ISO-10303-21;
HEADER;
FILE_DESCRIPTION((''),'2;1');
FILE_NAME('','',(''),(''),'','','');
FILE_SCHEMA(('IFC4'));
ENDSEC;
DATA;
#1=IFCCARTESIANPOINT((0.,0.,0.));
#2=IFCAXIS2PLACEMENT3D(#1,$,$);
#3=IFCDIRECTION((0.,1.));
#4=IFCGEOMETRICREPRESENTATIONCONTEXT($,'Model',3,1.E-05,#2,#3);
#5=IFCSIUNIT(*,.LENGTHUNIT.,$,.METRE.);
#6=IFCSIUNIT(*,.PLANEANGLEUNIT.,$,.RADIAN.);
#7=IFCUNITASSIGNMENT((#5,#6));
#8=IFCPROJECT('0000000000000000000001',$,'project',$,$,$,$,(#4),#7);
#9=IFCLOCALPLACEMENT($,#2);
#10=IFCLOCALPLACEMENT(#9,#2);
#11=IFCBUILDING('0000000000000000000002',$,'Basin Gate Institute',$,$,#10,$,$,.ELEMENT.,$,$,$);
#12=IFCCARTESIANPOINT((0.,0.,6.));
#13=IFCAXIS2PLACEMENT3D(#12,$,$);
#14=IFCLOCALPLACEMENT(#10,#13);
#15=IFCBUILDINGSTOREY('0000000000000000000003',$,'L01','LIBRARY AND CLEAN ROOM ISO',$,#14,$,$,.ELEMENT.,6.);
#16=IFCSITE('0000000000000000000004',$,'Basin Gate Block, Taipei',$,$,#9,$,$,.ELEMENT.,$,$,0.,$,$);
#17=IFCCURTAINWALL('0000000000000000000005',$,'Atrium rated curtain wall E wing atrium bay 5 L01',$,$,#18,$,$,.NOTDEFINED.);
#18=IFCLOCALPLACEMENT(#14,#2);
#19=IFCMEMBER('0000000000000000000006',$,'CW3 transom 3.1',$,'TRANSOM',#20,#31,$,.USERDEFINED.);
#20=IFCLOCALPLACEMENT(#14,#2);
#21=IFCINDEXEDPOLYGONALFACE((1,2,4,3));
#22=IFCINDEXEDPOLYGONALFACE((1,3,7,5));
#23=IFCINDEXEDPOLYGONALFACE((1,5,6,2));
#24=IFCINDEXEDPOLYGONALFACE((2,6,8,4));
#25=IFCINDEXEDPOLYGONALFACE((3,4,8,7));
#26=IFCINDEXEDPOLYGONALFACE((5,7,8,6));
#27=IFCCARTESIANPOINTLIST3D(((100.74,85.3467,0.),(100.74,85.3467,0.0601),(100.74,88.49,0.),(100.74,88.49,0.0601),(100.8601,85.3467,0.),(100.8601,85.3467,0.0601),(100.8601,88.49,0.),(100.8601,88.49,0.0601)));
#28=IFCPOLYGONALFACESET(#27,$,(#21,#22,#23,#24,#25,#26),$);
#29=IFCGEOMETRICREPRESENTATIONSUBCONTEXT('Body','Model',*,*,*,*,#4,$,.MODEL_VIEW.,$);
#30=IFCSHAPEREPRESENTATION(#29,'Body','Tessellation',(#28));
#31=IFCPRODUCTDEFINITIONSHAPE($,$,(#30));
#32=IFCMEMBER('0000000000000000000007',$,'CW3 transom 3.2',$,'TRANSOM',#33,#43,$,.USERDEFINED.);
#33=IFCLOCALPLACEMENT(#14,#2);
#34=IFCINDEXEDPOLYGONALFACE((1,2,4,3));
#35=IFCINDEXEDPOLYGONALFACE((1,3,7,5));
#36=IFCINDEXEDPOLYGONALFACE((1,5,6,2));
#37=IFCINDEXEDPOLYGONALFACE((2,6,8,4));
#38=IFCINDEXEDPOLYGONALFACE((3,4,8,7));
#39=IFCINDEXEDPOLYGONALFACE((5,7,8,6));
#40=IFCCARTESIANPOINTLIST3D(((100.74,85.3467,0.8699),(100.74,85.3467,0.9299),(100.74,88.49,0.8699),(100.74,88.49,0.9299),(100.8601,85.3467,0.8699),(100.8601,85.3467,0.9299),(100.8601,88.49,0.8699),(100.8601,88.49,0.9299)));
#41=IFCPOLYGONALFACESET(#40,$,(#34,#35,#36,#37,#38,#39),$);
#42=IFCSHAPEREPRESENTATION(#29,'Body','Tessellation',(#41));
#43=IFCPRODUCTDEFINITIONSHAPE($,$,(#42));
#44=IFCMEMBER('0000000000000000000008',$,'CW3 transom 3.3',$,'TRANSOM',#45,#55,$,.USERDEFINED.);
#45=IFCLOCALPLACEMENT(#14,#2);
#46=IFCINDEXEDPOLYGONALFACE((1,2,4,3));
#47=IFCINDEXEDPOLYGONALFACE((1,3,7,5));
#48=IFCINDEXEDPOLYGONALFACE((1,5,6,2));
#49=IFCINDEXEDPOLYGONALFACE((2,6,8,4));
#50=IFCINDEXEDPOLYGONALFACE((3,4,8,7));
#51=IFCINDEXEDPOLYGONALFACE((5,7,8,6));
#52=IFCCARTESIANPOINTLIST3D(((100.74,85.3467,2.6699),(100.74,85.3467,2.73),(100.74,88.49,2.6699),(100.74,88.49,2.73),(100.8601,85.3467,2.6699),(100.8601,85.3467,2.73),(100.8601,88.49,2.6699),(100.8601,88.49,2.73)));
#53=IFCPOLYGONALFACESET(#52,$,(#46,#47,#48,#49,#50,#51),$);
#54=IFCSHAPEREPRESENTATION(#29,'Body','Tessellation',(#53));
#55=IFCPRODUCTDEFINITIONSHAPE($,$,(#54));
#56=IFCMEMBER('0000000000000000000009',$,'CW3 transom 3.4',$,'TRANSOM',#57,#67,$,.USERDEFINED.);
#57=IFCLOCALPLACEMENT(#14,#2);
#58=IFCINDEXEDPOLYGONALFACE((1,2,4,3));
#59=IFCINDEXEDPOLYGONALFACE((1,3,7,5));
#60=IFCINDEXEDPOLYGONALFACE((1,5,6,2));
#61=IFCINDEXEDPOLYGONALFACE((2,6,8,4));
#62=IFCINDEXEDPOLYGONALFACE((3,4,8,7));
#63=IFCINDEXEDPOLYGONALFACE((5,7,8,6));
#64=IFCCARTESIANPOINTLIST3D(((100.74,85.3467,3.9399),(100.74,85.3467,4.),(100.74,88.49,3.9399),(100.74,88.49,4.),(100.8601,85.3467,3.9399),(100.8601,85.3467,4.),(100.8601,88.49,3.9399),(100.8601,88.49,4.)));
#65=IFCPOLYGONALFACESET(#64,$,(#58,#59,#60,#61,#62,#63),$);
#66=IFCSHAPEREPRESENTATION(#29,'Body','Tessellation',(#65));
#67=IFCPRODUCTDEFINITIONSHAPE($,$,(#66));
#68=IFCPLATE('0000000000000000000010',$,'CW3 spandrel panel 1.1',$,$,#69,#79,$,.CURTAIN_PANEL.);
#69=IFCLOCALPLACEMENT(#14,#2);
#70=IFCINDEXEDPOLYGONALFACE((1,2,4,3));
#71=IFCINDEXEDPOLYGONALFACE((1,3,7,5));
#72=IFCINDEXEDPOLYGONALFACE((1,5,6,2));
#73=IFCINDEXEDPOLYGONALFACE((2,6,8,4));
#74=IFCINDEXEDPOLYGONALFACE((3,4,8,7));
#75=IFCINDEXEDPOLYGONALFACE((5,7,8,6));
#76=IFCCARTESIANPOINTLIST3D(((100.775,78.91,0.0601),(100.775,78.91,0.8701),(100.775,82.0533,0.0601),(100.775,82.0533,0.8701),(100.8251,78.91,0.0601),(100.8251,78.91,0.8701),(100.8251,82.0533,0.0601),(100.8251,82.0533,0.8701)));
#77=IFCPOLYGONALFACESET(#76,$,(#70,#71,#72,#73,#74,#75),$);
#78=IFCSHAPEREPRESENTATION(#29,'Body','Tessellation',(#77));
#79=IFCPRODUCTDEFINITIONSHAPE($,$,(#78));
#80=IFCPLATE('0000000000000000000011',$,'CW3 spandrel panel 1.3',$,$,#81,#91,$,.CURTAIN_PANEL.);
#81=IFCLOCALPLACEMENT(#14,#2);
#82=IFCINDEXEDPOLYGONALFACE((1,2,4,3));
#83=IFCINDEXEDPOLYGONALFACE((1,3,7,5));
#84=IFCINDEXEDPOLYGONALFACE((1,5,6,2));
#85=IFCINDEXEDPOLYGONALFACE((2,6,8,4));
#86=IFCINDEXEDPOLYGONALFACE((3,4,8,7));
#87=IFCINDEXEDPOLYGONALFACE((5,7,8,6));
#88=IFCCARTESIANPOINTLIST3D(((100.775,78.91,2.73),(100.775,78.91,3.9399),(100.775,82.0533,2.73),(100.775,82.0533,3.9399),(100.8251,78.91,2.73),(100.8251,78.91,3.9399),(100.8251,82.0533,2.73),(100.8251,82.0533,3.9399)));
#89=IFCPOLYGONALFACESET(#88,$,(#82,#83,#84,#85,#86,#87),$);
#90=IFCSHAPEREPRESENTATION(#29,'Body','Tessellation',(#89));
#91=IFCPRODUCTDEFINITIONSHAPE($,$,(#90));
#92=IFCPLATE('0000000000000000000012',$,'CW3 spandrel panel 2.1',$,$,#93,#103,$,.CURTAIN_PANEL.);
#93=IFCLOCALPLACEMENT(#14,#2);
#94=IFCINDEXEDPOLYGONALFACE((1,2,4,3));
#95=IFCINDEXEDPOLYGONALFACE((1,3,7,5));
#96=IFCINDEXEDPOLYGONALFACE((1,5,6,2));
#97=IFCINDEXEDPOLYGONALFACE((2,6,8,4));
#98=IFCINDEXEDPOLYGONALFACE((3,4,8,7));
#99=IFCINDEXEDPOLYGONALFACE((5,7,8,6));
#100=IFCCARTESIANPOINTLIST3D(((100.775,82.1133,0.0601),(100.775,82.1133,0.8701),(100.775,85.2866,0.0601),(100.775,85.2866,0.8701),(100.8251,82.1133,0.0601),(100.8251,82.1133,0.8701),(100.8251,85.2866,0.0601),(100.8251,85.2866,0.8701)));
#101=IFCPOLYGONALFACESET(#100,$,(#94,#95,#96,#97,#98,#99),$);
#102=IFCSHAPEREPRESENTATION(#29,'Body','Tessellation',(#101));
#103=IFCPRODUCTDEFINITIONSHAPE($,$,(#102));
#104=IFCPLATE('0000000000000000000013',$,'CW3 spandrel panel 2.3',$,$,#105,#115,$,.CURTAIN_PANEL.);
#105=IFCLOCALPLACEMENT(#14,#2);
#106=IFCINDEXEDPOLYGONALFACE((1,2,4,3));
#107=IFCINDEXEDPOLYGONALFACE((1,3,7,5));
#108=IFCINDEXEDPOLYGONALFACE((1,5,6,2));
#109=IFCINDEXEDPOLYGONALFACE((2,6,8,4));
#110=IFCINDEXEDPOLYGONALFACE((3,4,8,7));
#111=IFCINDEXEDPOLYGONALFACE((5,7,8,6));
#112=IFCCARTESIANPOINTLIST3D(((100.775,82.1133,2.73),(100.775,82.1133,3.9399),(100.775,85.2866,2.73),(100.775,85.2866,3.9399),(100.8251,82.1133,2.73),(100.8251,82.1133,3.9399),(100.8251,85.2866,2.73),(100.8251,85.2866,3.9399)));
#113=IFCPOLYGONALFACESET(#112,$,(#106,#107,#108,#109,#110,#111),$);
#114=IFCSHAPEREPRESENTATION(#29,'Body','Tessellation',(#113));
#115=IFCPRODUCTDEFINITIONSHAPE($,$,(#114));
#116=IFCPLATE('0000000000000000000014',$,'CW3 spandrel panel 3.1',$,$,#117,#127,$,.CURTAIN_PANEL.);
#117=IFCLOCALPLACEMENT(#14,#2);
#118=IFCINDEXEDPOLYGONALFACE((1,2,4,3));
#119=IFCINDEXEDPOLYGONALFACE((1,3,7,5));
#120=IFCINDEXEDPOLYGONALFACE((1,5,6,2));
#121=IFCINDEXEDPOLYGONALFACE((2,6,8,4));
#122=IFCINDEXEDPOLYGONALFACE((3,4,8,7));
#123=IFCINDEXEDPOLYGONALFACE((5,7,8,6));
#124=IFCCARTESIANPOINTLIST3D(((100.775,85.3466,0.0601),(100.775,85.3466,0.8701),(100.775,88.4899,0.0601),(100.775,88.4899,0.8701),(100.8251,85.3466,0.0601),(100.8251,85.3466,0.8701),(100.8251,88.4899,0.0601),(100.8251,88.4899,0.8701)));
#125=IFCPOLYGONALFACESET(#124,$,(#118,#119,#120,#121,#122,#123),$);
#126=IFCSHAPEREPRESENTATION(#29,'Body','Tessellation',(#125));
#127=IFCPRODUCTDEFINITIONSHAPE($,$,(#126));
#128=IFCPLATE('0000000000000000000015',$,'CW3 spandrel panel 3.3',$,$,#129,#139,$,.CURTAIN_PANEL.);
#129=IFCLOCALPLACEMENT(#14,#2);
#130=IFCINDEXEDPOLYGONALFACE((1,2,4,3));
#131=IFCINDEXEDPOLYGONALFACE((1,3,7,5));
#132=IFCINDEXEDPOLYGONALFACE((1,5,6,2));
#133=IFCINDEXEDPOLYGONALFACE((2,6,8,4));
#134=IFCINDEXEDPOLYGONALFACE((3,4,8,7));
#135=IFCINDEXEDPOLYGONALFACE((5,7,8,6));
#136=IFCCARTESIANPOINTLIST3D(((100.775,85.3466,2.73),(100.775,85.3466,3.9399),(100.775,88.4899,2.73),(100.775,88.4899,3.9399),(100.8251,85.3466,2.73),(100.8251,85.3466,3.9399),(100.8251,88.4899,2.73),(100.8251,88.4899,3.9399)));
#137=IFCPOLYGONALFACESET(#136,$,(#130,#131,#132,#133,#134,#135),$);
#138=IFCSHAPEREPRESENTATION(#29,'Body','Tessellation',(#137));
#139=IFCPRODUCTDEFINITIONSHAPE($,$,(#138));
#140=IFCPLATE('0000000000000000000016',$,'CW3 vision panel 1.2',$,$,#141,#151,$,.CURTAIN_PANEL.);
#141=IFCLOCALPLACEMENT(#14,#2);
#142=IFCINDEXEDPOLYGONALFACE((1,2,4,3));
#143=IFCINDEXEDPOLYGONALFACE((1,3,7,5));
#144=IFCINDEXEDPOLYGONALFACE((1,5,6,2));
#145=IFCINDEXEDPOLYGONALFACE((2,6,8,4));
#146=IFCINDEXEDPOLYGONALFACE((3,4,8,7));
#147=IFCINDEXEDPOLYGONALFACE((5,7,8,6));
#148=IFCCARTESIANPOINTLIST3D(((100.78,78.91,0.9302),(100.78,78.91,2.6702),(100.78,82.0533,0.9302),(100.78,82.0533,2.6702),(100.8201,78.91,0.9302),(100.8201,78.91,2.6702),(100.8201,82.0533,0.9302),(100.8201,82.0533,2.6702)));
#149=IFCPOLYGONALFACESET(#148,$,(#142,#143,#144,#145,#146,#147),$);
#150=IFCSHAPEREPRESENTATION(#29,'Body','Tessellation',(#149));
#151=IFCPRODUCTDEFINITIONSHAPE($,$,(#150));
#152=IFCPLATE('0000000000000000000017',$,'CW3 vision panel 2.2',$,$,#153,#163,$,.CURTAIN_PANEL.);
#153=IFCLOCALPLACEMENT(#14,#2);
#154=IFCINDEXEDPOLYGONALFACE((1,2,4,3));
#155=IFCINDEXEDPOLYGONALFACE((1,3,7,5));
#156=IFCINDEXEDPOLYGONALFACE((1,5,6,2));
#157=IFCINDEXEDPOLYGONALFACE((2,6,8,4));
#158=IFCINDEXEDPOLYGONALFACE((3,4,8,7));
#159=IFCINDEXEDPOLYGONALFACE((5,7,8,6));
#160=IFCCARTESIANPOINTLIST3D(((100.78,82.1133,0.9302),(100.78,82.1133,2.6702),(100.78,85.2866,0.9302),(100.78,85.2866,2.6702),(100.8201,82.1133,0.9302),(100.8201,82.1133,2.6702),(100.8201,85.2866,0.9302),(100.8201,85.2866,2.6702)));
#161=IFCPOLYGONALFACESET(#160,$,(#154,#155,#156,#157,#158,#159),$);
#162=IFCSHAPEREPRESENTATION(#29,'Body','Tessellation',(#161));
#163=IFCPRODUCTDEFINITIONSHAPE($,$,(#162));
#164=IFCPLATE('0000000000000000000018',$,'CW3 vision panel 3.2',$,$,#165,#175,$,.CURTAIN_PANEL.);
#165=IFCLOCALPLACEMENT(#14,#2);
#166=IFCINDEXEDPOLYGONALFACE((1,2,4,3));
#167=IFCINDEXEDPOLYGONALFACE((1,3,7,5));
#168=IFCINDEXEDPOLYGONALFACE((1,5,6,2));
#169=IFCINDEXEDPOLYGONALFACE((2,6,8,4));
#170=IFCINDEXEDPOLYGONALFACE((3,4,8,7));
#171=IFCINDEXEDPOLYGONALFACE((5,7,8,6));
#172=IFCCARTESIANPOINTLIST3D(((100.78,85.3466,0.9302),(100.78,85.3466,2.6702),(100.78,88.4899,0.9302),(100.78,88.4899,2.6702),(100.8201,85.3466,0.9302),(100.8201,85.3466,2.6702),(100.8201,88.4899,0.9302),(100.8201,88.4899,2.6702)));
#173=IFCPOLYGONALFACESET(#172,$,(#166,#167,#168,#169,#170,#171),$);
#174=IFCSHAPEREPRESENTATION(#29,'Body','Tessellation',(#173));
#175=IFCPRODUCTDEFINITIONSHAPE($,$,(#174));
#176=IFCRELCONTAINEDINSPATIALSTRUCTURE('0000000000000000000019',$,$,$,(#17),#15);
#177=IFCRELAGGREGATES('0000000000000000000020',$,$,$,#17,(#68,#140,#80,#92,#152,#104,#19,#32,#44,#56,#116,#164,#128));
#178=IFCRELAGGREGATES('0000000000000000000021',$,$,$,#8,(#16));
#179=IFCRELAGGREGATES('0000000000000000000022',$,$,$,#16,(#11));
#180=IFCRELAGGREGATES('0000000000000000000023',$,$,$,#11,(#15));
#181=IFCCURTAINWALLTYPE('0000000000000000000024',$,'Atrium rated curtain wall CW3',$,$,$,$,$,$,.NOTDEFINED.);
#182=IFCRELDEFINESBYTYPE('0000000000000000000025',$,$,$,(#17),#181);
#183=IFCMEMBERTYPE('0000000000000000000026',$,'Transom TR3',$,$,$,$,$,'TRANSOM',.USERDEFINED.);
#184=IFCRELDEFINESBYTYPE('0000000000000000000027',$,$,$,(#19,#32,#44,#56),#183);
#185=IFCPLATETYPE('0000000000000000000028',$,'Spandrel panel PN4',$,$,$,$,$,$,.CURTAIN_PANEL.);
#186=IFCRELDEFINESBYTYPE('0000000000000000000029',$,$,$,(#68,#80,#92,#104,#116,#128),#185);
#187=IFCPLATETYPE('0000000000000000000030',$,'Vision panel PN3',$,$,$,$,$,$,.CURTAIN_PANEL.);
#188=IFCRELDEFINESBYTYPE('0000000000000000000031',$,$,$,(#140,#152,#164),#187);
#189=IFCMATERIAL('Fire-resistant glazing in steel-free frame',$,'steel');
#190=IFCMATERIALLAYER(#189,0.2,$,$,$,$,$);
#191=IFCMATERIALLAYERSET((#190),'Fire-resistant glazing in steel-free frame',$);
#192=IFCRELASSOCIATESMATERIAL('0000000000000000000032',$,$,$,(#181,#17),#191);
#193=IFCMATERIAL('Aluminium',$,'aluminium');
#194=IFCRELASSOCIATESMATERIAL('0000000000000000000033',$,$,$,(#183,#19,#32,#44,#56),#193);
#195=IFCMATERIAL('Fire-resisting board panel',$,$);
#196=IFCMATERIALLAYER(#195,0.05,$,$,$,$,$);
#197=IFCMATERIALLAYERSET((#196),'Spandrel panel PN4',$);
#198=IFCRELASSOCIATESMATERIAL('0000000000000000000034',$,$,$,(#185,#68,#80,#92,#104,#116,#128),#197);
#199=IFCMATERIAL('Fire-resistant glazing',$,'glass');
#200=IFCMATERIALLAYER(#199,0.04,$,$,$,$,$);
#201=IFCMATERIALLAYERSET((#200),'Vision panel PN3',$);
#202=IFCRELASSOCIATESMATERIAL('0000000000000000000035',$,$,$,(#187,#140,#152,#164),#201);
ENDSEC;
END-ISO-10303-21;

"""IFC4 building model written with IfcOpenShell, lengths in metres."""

from ifc_helpers import new_model, si_unit, direction, frame, origin, origin_2d, place, context, subcontext, project, spatial, rectangle, extrude, material, layer, layer_set, material_profile, profile_set, type_object, element, aggregate, save


model = new_model("IFC4")

# Units and contexts
model_context = context("Model", 3, precision=1e-05, world=origin(), true_north=direction((0.0, 1.0)))
body_context = subcontext(model_context, "Body", "Model", "MODEL_VIEW")
ifc_project = project(units=[si_unit("LENGTHUNIT", "METRE"), si_unit("PLANEANGLEUNIT", "RADIAN")], contexts=[model_context])

# Site, building, storey
site_placement = place(None, origin())
site = spatial("IfcSite", under=ifc_project, at=site_placement, Name="Basin Gate Block, Taipei", CompositionType="ELEMENT", RefElevation=0.0)
building_placement = place(site_placement, origin())
building = spatial("IfcBuilding", under=site, at=building_placement, Name="Basin Gate Institute", CompositionType="ELEMENT")
storey_placement = place(building_placement, frame((0.0, 0.0, 6.0)))
storey = spatial("IfcBuildingStorey", under=building, at=storey_placement, Name="L01", Description="LIBRARY AND CLEAN ROOM ISO", CompositionType="ELEMENT", Elevation=6.0)

# Curtain wall
ifc_material_1 = material(Name="Fire-resistant glazing in steel-free frame", Category="steel")
ifc_layer_1 = layer(ifc_material_1, 0.2)
ifc_layer_set_1 = layer_set([ifc_layer_1], Name="Fire-resistant glazing in steel-free frame")
curtain_wall_type = type_object("IfcCurtainWallType", Name="Atrium rated curtain wall CW3", PredefinedType="NOTDEFINED", material=ifc_layer_set_1)
curtain_wall_placement = place(storey_placement, origin())
curtain_wall = element("IfcCurtainWall", 1, at=curtain_wall_placement, inside=storey, type_object=curtain_wall_type, material=ifc_layer_set_1, Name="Atrium rated curtain wall E wing atrium bay 5 L01", PredefinedType="NOTDEFINED")

# Members
ifc_material_2 = material(Name="Aluminium", Category="aluminium")
ifc_material_profile_1 = material_profile(ifc_material_2, rectangle(XDim=0.1201, YDim=0.0601, at=origin_2d()), Name="Transom TR3 120 x 60")
ifc_profile_set_1 = profile_set([ifc_material_profile_1], Name="Aluminium")
member_type_1 = type_object("IfcMemberType", Name="Transom TR3", ElementType="TRANSOM", PredefinedType="USERDEFINED", material=ifc_profile_set_1)
member_1_placement = place(storey_placement, frame((100.8, 85.3467, 0.03), z_axis=(0.0, 1.0, 0.0), x_axis=(-1.0, 0.0, 0.0)))
member_1 = element("IfcMember", 2, at=member_1_placement, type_object=member_type_1, material=ifc_profile_set_1, Name="CW3 transom 3.1", ObjectType="TRANSOM", PredefinedType="USERDEFINED", context=body_context, shape_type="SweptSolid", body=[
    extrude(rectangle(XDim=0.1201, YDim=0.0601, at=origin_2d()), origin(), (0.0, 0.0, 1.0), 3.1433),
])
member_2_placement = place(storey_placement, frame((100.8, 85.3467, 0.8999), z_axis=(0.0, 1.0, 0.0), x_axis=(-1.0, 0.0, 0.0)))
member_2 = element("IfcMember", 3, at=member_2_placement, type_object=member_type_1, material=ifc_profile_set_1, Name="CW3 transom 3.2", ObjectType="TRANSOM", PredefinedType="USERDEFINED", context=body_context, shape_type="SweptSolid", body=[
    extrude(rectangle(XDim=0.1201, YDim=0.0601, at=origin_2d()), origin(), (0.0, 0.0, 1.0), 3.1433),
])
member_3_placement = place(storey_placement, frame((100.8, 85.3467, 2.7), z_axis=(0.0, 1.0, 0.0), x_axis=(-1.0, 0.0, 0.0)))
member_3 = element("IfcMember", 4, at=member_3_placement, type_object=member_type_1, material=ifc_profile_set_1, Name="CW3 transom 3.3", ObjectType="TRANSOM", PredefinedType="USERDEFINED", context=body_context, shape_type="SweptSolid", body=[
    extrude(rectangle(XDim=0.1201, YDim=0.0601, at=origin_2d()), origin(), (0.0, 0.0, 1.0), 3.1433),
])
member_4_placement = place(storey_placement, frame((100.8, 85.3467, 3.97), z_axis=(0.0, 1.0, 0.0), x_axis=(-1.0, 0.0, 0.0)))
member_4 = element("IfcMember", 5, at=member_4_placement, type_object=member_type_1, material=ifc_profile_set_1, Name="CW3 transom 3.4", ObjectType="TRANSOM", PredefinedType="USERDEFINED", context=body_context, shape_type="SweptSolid", body=[
    extrude(rectangle(XDim=0.1201, YDim=0.0601, at=origin_2d()), origin(), (0.0, 0.0, 1.0), 3.1433),
])

# Plates
ifc_material_3 = material(Name="Fire-resisting board panel")
ifc_layer_2 = layer(ifc_material_3, 0.05)
ifc_layer_set_2 = layer_set([ifc_layer_2], Name="Spandrel panel PN4")
plate_type_1 = type_object("IfcPlateType", Name="Spandrel panel PN4", PredefinedType="CURTAIN_PANEL", material=ifc_layer_set_2)
plate_1_placement = place(storey_placement, frame((100.8, 80.4817, 0.0601), z_axis=(0.0, 0.0, 1.0), x_axis=(0.0, 1.0, 0.0)))
plate_1 = element("IfcPlate", 6, at=plate_1_placement, type_object=plate_type_1, material=ifc_layer_set_2, Name="CW3 spandrel panel 1.1", PredefinedType="CURTAIN_PANEL", context=body_context, shape_type="SweptSolid", body=[
    extrude(rectangle(XDim=3.1433, YDim=0.05, at=origin_2d()), origin(), (0.0, 0.0, 1.0), 0.8101),
])
plate_2_placement = place(storey_placement, frame((100.8, 80.4817, 2.73), z_axis=(0.0, 0.0, 1.0), x_axis=(0.0, 1.0, 0.0)))
plate_2 = element("IfcPlate", 7, at=plate_2_placement, type_object=plate_type_1, material=ifc_layer_set_2, Name="CW3 spandrel panel 1.3", PredefinedType="CURTAIN_PANEL", context=body_context, shape_type="SweptSolid", body=[
    extrude(rectangle(XDim=3.1433, YDim=0.05, at=origin_2d()), origin(), (0.0, 0.0, 1.0), 1.21),
])
plate_3_placement = place(storey_placement, frame((100.8, 83.7, 0.0601), z_axis=(0.0, 0.0, 1.0), x_axis=(0.0, 1.0, 0.0)))
plate_3 = element("IfcPlate", 8, at=plate_3_placement, type_object=plate_type_1, material=ifc_layer_set_2, Name="CW3 spandrel panel 2.1", PredefinedType="CURTAIN_PANEL", context=body_context, shape_type="SweptSolid", body=[
    extrude(rectangle(XDim=3.1733, YDim=0.05, at=origin_2d()), origin(), (0.0, 0.0, 1.0), 0.8101),
])
plate_4_placement = place(storey_placement, frame((100.8, 83.7, 2.73), z_axis=(0.0, 0.0, 1.0), x_axis=(0.0, 1.0, 0.0)))
plate_4 = element("IfcPlate", 9, at=plate_4_placement, type_object=plate_type_1, material=ifc_layer_set_2, Name="CW3 spandrel panel 2.3", PredefinedType="CURTAIN_PANEL", context=body_context, shape_type="SweptSolid", body=[
    extrude(rectangle(XDim=3.1733, YDim=0.05, at=origin_2d()), origin(), (0.0, 0.0, 1.0), 1.21),
])
plate_5_placement = place(storey_placement, frame((100.8, 86.9182, 0.0601), z_axis=(0.0, 0.0, 1.0), x_axis=(0.0, 1.0, 0.0)))
plate_5 = element("IfcPlate", 10, at=plate_5_placement, type_object=plate_type_1, material=ifc_layer_set_2, Name="CW3 spandrel panel 3.1", PredefinedType="CURTAIN_PANEL", context=body_context, shape_type="SweptSolid", body=[
    extrude(rectangle(XDim=3.1433, YDim=0.05, at=origin_2d()), origin(), (0.0, 0.0, 1.0), 0.8101),
])
plate_6_placement = place(storey_placement, frame((100.8, 86.9182, 2.73), z_axis=(0.0, 0.0, 1.0), x_axis=(0.0, 1.0, 0.0)))
plate_6 = element("IfcPlate", 11, at=plate_6_placement, type_object=plate_type_1, material=ifc_layer_set_2, Name="CW3 spandrel panel 3.3", PredefinedType="CURTAIN_PANEL", context=body_context, shape_type="SweptSolid", body=[
    extrude(rectangle(XDim=3.1433, YDim=0.05, at=origin_2d()), origin(), (0.0, 0.0, 1.0), 1.21),
])
ifc_material_4 = material(Name="Fire-resistant glazing", Category="glass")
ifc_layer_3 = layer(ifc_material_4, 0.04)
ifc_layer_set_3 = layer_set([ifc_layer_3], Name="Vision panel PN3")
plate_type_2 = type_object("IfcPlateType", Name="Vision panel PN3", PredefinedType="CURTAIN_PANEL", material=ifc_layer_set_3)
plate_7_placement = place(storey_placement, frame((100.8, 80.4817, 0.9302), z_axis=(0.0, 0.0, 1.0), x_axis=(0.0, 1.0, 0.0)))
plate_7 = element("IfcPlate", 12, at=plate_7_placement, type_object=plate_type_2, material=ifc_layer_set_3, Name="CW3 vision panel 1.2", PredefinedType="CURTAIN_PANEL", context=body_context, shape_type="SweptSolid", body=[
    extrude(rectangle(XDim=3.1433, YDim=0.04, at=origin_2d()), origin(), (0.0, 0.0, 1.0), 1.74),
])
plate_8_placement = place(storey_placement, frame((100.8, 83.7, 0.9302), z_axis=(0.0, 0.0, 1.0), x_axis=(0.0, 1.0, 0.0)))
plate_8 = element("IfcPlate", 13, at=plate_8_placement, type_object=plate_type_2, material=ifc_layer_set_3, Name="CW3 vision panel 2.2", PredefinedType="CURTAIN_PANEL", context=body_context, shape_type="SweptSolid", body=[
    extrude(rectangle(XDim=3.1733, YDim=0.04, at=origin_2d()), origin(), (0.0, 0.0, 1.0), 1.74),
])
plate_9_placement = place(storey_placement, frame((100.8, 86.9182, 0.9302), z_axis=(0.0, 0.0, 1.0), x_axis=(0.0, 1.0, 0.0)))
plate_9 = element("IfcPlate", 14, at=plate_9_placement, type_object=plate_type_2, material=ifc_layer_set_3, Name="CW3 vision panel 3.2", PredefinedType="CURTAIN_PANEL", context=body_context, shape_type="SweptSolid", body=[
    extrude(rectangle(XDim=3.1433, YDim=0.04, at=origin_2d()), origin(), (0.0, 0.0, 1.0), 1.74),
])
aggregate(curtain_wall, [plate_1, plate_7, plate_2, plate_3, plate_8, plate_4, member_1, member_2, member_3, member_4, plate_5, plate_9, plate_6])

save(model, "model.ifc")
